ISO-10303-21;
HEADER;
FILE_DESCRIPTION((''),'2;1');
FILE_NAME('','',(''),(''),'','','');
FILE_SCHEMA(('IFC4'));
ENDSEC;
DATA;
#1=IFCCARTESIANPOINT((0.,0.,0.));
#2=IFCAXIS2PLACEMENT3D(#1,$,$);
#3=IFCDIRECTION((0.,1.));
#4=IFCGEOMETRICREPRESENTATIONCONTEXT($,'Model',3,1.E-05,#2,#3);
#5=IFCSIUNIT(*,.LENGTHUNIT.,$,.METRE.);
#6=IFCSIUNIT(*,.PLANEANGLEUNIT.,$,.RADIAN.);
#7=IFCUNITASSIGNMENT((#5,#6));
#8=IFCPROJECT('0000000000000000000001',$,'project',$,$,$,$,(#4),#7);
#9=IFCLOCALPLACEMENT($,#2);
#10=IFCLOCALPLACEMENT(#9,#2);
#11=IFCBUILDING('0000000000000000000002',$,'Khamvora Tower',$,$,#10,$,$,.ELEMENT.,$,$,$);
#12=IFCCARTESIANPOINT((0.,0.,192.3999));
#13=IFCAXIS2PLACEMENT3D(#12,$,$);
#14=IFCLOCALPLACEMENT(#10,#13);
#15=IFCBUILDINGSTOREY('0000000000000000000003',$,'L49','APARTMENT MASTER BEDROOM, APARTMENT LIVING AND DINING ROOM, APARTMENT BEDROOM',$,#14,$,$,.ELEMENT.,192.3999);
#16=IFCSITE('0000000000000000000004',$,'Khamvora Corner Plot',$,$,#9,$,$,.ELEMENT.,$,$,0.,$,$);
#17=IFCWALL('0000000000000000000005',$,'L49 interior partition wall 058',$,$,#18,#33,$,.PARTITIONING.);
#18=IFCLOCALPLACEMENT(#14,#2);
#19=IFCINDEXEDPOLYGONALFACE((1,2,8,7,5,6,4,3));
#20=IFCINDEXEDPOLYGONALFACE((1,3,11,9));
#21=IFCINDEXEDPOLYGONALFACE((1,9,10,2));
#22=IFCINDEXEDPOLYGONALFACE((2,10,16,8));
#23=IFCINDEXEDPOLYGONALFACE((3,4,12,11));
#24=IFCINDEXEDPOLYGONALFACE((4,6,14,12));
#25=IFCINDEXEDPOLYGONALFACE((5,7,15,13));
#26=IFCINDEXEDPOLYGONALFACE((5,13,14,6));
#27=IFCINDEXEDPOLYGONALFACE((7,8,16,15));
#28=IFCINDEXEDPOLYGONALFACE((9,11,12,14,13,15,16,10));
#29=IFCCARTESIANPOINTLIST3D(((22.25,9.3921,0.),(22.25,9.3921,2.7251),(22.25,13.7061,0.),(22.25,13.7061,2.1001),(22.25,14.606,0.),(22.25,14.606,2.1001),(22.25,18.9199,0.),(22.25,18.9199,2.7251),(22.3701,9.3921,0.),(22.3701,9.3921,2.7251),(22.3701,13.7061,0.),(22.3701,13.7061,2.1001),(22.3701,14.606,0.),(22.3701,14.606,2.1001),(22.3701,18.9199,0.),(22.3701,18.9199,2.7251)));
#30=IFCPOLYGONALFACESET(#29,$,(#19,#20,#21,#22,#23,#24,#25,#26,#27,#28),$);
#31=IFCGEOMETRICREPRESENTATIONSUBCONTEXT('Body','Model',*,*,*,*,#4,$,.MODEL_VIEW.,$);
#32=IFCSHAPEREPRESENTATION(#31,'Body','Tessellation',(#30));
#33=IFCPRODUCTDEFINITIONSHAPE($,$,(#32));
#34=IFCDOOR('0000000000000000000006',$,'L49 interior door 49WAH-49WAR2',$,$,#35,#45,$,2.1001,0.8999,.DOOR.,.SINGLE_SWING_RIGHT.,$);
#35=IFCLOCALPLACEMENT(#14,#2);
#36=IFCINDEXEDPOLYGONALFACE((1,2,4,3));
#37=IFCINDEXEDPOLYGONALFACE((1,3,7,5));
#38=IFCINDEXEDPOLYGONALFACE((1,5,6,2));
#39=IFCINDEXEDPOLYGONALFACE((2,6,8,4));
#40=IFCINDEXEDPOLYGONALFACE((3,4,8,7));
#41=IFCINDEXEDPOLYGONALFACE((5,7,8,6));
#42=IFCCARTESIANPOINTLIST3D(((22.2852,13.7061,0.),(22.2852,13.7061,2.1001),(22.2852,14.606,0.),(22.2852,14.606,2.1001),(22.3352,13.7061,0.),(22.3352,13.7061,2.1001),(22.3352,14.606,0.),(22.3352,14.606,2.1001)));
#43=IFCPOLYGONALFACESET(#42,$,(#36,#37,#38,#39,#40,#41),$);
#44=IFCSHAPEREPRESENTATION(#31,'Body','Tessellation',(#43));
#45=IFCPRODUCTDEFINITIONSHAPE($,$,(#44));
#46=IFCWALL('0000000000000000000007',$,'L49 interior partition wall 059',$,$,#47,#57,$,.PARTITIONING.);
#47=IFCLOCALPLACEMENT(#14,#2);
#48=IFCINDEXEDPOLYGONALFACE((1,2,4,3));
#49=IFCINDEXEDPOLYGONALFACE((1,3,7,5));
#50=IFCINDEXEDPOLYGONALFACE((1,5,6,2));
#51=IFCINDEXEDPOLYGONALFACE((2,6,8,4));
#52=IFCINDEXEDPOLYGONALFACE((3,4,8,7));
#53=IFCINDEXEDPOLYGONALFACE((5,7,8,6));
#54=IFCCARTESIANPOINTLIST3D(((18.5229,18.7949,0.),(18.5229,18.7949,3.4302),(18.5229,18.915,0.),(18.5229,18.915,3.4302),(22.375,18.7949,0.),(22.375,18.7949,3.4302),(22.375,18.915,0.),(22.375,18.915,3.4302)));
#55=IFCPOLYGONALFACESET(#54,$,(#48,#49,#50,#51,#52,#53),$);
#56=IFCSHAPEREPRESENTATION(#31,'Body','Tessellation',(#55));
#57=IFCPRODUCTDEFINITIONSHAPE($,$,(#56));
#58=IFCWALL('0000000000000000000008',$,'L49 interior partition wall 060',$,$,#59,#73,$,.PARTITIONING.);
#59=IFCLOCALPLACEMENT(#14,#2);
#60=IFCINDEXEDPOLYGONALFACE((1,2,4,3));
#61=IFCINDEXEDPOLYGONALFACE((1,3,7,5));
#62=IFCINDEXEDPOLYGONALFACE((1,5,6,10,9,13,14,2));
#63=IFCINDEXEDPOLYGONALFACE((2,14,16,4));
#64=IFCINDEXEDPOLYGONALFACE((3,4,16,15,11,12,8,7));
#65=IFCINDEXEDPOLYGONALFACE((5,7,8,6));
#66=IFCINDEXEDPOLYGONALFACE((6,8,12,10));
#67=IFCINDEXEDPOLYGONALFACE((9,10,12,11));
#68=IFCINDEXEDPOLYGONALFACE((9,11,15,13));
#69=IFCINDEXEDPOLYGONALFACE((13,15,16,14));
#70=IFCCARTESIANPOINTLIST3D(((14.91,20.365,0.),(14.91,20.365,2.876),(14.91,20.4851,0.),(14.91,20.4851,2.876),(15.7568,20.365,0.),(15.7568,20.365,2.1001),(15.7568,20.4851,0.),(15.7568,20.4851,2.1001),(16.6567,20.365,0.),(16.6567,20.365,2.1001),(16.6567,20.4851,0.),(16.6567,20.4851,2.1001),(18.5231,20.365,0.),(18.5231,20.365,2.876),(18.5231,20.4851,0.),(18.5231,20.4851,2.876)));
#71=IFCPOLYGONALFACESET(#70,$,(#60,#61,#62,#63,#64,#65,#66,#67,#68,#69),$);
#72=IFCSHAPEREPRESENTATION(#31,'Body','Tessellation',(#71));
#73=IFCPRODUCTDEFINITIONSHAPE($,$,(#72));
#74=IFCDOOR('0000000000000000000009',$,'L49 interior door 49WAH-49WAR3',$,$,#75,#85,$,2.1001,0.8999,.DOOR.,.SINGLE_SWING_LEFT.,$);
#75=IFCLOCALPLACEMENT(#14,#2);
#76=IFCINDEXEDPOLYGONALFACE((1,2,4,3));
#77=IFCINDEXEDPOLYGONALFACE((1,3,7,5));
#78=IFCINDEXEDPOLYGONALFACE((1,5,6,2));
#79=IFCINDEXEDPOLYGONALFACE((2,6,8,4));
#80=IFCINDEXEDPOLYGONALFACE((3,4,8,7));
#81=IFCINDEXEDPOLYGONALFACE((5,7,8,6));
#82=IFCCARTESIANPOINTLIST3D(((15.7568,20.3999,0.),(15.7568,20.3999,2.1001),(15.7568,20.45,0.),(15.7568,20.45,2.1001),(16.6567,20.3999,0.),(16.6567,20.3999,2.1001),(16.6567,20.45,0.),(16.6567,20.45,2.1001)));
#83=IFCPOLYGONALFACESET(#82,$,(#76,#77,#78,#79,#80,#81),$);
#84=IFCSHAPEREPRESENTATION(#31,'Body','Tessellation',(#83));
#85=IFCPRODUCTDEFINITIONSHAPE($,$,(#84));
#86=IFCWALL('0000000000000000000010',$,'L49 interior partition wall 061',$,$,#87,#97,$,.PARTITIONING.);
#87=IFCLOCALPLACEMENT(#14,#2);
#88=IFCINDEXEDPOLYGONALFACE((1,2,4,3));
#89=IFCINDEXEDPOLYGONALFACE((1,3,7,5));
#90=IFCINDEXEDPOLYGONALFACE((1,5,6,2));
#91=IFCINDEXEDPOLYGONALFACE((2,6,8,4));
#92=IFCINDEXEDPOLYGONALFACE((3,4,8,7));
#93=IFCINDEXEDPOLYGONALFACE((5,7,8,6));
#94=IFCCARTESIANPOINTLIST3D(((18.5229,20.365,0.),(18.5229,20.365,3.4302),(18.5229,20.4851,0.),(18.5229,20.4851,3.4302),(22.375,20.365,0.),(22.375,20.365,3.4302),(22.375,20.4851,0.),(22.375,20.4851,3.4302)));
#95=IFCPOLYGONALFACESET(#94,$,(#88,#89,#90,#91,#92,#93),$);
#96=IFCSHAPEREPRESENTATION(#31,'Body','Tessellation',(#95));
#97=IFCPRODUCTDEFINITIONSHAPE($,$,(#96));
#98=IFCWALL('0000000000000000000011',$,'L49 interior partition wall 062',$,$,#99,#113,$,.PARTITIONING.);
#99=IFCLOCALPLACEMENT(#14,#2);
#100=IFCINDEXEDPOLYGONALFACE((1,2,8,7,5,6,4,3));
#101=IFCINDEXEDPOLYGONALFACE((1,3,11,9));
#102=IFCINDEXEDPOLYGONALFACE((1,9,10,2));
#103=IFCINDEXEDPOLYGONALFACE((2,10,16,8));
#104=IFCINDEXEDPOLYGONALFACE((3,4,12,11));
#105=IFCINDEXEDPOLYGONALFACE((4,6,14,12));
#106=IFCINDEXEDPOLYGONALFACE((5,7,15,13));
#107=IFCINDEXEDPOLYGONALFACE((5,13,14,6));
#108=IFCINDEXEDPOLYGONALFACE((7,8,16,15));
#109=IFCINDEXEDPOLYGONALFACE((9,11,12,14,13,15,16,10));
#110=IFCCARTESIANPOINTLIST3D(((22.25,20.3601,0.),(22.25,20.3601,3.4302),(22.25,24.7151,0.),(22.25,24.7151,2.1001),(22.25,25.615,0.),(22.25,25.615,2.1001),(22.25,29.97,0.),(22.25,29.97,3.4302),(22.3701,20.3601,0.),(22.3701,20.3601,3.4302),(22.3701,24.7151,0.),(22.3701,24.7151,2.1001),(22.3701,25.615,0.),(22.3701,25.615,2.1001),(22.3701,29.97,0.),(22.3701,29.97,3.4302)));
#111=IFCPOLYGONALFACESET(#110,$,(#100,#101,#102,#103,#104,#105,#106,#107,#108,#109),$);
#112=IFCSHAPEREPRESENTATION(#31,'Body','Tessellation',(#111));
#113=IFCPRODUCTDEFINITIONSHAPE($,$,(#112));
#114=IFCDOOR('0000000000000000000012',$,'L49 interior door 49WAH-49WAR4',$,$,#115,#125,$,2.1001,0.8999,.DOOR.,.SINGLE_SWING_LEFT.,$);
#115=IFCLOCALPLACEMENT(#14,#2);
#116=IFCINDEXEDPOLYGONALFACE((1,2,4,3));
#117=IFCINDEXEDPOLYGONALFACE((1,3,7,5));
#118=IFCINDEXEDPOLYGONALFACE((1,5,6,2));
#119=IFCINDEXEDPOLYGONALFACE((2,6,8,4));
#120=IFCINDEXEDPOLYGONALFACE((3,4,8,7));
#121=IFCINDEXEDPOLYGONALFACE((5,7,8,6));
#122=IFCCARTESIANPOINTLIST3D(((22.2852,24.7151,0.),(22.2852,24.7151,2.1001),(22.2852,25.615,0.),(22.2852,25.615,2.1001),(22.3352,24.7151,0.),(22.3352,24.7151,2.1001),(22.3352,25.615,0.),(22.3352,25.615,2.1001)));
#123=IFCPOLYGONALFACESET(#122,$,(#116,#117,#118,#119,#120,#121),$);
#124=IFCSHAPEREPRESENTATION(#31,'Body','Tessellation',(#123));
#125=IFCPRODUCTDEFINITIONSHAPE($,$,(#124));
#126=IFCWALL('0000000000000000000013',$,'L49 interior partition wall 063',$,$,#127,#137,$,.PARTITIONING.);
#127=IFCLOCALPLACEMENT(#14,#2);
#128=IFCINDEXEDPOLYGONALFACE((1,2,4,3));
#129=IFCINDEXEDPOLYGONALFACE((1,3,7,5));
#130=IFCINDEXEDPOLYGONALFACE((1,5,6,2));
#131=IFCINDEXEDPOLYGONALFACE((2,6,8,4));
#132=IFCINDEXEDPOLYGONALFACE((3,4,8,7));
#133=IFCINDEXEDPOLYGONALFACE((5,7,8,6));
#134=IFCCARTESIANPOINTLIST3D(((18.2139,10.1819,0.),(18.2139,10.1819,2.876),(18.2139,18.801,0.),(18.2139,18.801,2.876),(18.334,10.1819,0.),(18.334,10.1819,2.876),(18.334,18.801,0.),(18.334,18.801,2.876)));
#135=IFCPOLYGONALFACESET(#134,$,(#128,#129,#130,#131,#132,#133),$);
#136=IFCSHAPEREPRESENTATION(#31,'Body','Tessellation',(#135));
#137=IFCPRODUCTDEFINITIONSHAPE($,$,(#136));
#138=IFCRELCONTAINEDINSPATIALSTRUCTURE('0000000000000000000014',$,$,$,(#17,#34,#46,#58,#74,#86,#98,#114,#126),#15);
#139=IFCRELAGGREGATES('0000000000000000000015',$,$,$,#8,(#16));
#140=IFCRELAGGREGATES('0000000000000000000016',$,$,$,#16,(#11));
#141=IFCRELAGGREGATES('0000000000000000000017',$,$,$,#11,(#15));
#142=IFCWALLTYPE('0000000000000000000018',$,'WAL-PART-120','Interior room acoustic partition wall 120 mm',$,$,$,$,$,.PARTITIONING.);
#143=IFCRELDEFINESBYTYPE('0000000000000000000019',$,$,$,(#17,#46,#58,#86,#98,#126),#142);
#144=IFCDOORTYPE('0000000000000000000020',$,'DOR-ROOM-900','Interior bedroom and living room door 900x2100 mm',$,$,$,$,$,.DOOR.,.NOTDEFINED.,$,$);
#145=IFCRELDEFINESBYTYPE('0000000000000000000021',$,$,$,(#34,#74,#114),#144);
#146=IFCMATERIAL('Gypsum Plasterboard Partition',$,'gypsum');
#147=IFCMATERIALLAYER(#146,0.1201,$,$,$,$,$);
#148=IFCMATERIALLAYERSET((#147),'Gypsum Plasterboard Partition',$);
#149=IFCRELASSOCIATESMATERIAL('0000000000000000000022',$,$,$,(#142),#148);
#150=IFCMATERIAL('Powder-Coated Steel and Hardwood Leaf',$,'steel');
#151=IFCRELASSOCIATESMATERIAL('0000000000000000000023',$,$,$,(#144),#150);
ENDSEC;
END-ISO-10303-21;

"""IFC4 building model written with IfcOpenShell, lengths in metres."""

from ifc_helpers import new_model, si_unit, direction, frame, frame_2d, origin, place, context, subcontext, project, spatial, rectangle, extrude, material, layer, layer_set, type_object, element, fill, save


model = new_model("IFC4")

# Units and contexts
model_context = context("Model", 3, precision=1e-05, world=origin(), true_north=direction((0.0, 1.0)))
body_context = subcontext(model_context, "Body", "Model", "MODEL_VIEW")
ifc_project = project(units=[si_unit("LENGTHUNIT", "METRE"), si_unit("PLANEANGLEUNIT", "RADIAN")], contexts=[model_context])

# Site, building, storey
site_placement = place(None, origin())
site = spatial("IfcSite", under=ifc_project, at=site_placement, Name="Khamvora Corner Plot", CompositionType="ELEMENT", RefElevation=0.0)
building_placement = place(site_placement, origin())
building = spatial("IfcBuilding", under=site, at=building_placement, Name="Khamvora Tower", CompositionType="ELEMENT")
storey_placement = place(building_placement, frame((0.0, 0.0, 192.3999)))
storey = spatial("IfcBuildingStorey", under=building, at=storey_placement, Name="L49", Description="APARTMENT MASTER BEDROOM, APARTMENT LIVING AND DINING ROOM, APARTMENT BEDROOM", CompositionType="ELEMENT", Elevation=192.3999)

# Wall, opening, door
ifc_material_1 = material(Name="Gypsum Plasterboard Partition", Category="gypsum")
ifc_layer_1 = layer(ifc_material_1, 0.1201)
ifc_layer_set_1 = layer_set([ifc_layer_1], Name="Gypsum Plasterboard Partition")
wall_type_1 = type_object("IfcWallType", Name="WAL-PART-120", Description="Interior room acoustic partition wall 120 mm", PredefinedType="PARTITIONING", material=ifc_layer_set_1)
ifc_material_2 = material(Name="Powder-Coated Steel and Hardwood Leaf", Category="steel")
door_type = type_object("IfcDoorType", Name="DOR-ROOM-900", Description="Interior bedroom and living room door 900x2100 mm", OperationType="NOTDEFINED", PredefinedType="DOOR", material=ifc_material_2)
wall_1_placement = place(storey_placement, frame((22.3101, 9.3921, 0.0), z_axis=(0.0, 0.0, 1.0), x_axis=(0.0, 1.0, 0.0)))
wall_1 = element("IfcWall", 1, at=wall_1_placement, inside=storey, type_object=wall_type_1, Name="L49 interior partition wall 058", PredefinedType="PARTITIONING", context=body_context, shape_type="SweptSolid", body=[
    extrude(rectangle(XDim=9.5278, YDim=0.1201, at=frame_2d((4.7639, 0.0))), origin(), (0.0, 0.0, 1.0), 2.7251),
])
opening_1_placement = place(wall_1_placement, frame((4.314, 0.0, 0.0)))
opening_1 = element("IfcOpeningElement", 2, at=opening_1_placement, cuts=wall_1, PredefinedType="OPENING", context=body_context, shape_type="SweptSolid", body=[
    extrude(rectangle(XDim=0.8999, YDim=2.1001, at=frame_2d((0.45, 1.05))), frame((0.0, 0.0701, 0.0), z_axis=(0.0, -1.0, 0.0), x_axis=(1.0, 0.0, 0.0)), (0.0, 0.0, 1.0), 0.1401),
])
door_1_placement = place(opening_1_placement, origin())
door_1 = element("IfcDoor", 3, at=door_1_placement, inside=storey, type_object=door_type, Name="L49 interior door 49WAH-49WAR2", OperationType="SINGLE_SWING_RIGHT", OverallHeight=2.1001, OverallWidth=0.8999, PredefinedType="DOOR", context=body_context, shape_type="SweptSolid", body=[
    extrude(rectangle(XDim=0.8999, YDim=2.1001, at=frame_2d((0.45, 1.05))), frame((0.0, 0.0249, 0.0), z_axis=(0.0, -1.0, 0.0), x_axis=(1.0, 0.0, 0.0)), (0.0, 0.0, 1.0), 0.05),
])
fill(opening_1, door_1)

# Wall
wall_2_placement = place(storey_placement, frame((22.375, 18.855, 0.0), z_axis=(0.0, 0.0, 1.0), x_axis=(-1.0, 0.0, 0.0)))
element("IfcWall", 4, at=wall_2_placement, inside=storey, type_object=wall_type_1, Name="L49 interior partition wall 059", PredefinedType="PARTITIONING", context=body_context, shape_type="SweptSolid", body=[
    extrude(rectangle(XDim=3.8521, YDim=0.1201, at=frame_2d((1.926, 0.0))), origin(), (0.0, 0.0, 1.0), 3.4302),
])

# Wall, opening, door
wall_3_placement = place(storey_placement, frame((14.9099, 20.425, 0.0), z_axis=(0.0, 0.0, 1.0), x_axis=(1.0, 0.0, 0.0)))
wall_3 = element("IfcWall", 5, at=wall_3_placement, inside=storey, type_object=wall_type_1, Name="L49 interior partition wall 060", PredefinedType="PARTITIONING", context=body_context, shape_type="SweptSolid", body=[
    extrude(rectangle(XDim=3.613, YDim=0.1201, at=frame_2d((1.8066, 0.0))), origin(), (0.0, 0.0, 1.0), 2.876),
])
opening_2_placement = place(wall_3_placement, frame((0.8469, 0.0, 0.0)))
opening_2 = element("IfcOpeningElement", 6, at=opening_2_placement, cuts=wall_3, PredefinedType="OPENING", context=body_context, shape_type="SweptSolid", body=[
    extrude(rectangle(XDim=0.8999, YDim=2.1001, at=frame_2d((0.45, 1.05))), frame((0.0, 0.0701, 0.0), z_axis=(0.0, -1.0, 0.0), x_axis=(1.0, 0.0, 0.0)), (0.0, 0.0, 1.0), 0.1401),
])
door_2_placement = place(opening_2_placement, origin())
door_2 = element("IfcDoor", 7, at=door_2_placement, inside=storey, type_object=door_type, Name="L49 interior door 49WAH-49WAR3", OperationType="SINGLE_SWING_LEFT", OverallHeight=2.1001, OverallWidth=0.8999, PredefinedType="DOOR", context=body_context, shape_type="SweptSolid", body=[
    extrude(rectangle(XDim=0.8999, YDim=2.1001, at=frame_2d((0.45, 1.05))), frame((0.0, 0.0249, 0.0), z_axis=(0.0, -1.0, 0.0), x_axis=(1.0, 0.0, 0.0)), (0.0, 0.0, 1.0), 0.05),
])
fill(opening_2, door_2)

# Wall
wall_4_placement = place(storey_placement, frame((18.5229, 20.425, 0.0), z_axis=(0.0, 0.0, 1.0), x_axis=(1.0, 0.0, 0.0)))
element("IfcWall", 8, at=wall_4_placement, inside=storey, type_object=wall_type_1, Name="L49 interior partition wall 061", PredefinedType="PARTITIONING", context=body_context, shape_type="SweptSolid", body=[
    extrude(rectangle(XDim=3.8521, YDim=0.1201, at=frame_2d((1.926, 0.0))), origin(), (0.0, 0.0, 1.0), 3.4302),
])

# Wall, opening, door
wall_5_placement = place(storey_placement, frame((22.3101, 20.3601, 0.0), z_axis=(0.0, 0.0, 1.0), x_axis=(0.0, 1.0, 0.0)))
wall_5 = element("IfcWall", 9, at=wall_5_placement, inside=storey, type_object=wall_type_1, Name="L49 interior partition wall 062", PredefinedType="PARTITIONING", context=body_context, shape_type="SweptSolid", body=[
    extrude(rectangle(XDim=9.6099, YDim=0.1201, at=frame_2d((4.8049, 0.0))), origin(), (0.0, 0.0, 1.0), 3.4302),
])
opening_3_placement = place(wall_5_placement, frame((4.355, 0.0, 0.0)))
opening_3 = element("IfcOpeningElement", 10, at=opening_3_placement, cuts=wall_5, PredefinedType="OPENING", context=body_context, shape_type="SweptSolid", body=[
    extrude(rectangle(XDim=0.8999, YDim=2.1001, at=frame_2d((0.45, 1.05))), frame((0.0, 0.0701, 0.0), z_axis=(0.0, -1.0, 0.0), x_axis=(1.0, 0.0, 0.0)), (0.0, 0.0, 1.0), 0.1401),
])
door_3_placement = place(opening_3_placement, origin())
door_3 = element("IfcDoor", 11, at=door_3_placement, inside=storey, type_object=door_type, Name="L49 interior door 49WAH-49WAR4", OperationType="SINGLE_SWING_LEFT", OverallHeight=2.1001, OverallWidth=0.8999, PredefinedType="DOOR", context=body_context, shape_type="SweptSolid", body=[
    extrude(rectangle(XDim=0.8999, YDim=2.1001, at=frame_2d((0.45, 1.05))), frame((0.0, 0.0249, 0.0), z_axis=(0.0, -1.0, 0.0), x_axis=(1.0, 0.0, 0.0)), (0.0, 0.0, 1.0), 0.05),
])
fill(opening_3, door_3)

# Wall
wall_6_placement = place(storey_placement, frame((18.2739, 18.801, 0.0), z_axis=(0.0, 0.0, 1.0), x_axis=(0.0, -1.0, 0.0)))
element("IfcWall", 12, at=wall_6_placement, inside=storey, type_object=wall_type_1, Name="L49 interior partition wall 063", PredefinedType="PARTITIONING", context=body_context, shape_type="SweptSolid", body=[
    extrude(rectangle(XDim=8.6191, YDim=0.1201, at=frame_2d((4.3096, 0.0))), origin(), (0.0, 0.0, 1.0), 2.876),
])

save(model, "model.ifc")
